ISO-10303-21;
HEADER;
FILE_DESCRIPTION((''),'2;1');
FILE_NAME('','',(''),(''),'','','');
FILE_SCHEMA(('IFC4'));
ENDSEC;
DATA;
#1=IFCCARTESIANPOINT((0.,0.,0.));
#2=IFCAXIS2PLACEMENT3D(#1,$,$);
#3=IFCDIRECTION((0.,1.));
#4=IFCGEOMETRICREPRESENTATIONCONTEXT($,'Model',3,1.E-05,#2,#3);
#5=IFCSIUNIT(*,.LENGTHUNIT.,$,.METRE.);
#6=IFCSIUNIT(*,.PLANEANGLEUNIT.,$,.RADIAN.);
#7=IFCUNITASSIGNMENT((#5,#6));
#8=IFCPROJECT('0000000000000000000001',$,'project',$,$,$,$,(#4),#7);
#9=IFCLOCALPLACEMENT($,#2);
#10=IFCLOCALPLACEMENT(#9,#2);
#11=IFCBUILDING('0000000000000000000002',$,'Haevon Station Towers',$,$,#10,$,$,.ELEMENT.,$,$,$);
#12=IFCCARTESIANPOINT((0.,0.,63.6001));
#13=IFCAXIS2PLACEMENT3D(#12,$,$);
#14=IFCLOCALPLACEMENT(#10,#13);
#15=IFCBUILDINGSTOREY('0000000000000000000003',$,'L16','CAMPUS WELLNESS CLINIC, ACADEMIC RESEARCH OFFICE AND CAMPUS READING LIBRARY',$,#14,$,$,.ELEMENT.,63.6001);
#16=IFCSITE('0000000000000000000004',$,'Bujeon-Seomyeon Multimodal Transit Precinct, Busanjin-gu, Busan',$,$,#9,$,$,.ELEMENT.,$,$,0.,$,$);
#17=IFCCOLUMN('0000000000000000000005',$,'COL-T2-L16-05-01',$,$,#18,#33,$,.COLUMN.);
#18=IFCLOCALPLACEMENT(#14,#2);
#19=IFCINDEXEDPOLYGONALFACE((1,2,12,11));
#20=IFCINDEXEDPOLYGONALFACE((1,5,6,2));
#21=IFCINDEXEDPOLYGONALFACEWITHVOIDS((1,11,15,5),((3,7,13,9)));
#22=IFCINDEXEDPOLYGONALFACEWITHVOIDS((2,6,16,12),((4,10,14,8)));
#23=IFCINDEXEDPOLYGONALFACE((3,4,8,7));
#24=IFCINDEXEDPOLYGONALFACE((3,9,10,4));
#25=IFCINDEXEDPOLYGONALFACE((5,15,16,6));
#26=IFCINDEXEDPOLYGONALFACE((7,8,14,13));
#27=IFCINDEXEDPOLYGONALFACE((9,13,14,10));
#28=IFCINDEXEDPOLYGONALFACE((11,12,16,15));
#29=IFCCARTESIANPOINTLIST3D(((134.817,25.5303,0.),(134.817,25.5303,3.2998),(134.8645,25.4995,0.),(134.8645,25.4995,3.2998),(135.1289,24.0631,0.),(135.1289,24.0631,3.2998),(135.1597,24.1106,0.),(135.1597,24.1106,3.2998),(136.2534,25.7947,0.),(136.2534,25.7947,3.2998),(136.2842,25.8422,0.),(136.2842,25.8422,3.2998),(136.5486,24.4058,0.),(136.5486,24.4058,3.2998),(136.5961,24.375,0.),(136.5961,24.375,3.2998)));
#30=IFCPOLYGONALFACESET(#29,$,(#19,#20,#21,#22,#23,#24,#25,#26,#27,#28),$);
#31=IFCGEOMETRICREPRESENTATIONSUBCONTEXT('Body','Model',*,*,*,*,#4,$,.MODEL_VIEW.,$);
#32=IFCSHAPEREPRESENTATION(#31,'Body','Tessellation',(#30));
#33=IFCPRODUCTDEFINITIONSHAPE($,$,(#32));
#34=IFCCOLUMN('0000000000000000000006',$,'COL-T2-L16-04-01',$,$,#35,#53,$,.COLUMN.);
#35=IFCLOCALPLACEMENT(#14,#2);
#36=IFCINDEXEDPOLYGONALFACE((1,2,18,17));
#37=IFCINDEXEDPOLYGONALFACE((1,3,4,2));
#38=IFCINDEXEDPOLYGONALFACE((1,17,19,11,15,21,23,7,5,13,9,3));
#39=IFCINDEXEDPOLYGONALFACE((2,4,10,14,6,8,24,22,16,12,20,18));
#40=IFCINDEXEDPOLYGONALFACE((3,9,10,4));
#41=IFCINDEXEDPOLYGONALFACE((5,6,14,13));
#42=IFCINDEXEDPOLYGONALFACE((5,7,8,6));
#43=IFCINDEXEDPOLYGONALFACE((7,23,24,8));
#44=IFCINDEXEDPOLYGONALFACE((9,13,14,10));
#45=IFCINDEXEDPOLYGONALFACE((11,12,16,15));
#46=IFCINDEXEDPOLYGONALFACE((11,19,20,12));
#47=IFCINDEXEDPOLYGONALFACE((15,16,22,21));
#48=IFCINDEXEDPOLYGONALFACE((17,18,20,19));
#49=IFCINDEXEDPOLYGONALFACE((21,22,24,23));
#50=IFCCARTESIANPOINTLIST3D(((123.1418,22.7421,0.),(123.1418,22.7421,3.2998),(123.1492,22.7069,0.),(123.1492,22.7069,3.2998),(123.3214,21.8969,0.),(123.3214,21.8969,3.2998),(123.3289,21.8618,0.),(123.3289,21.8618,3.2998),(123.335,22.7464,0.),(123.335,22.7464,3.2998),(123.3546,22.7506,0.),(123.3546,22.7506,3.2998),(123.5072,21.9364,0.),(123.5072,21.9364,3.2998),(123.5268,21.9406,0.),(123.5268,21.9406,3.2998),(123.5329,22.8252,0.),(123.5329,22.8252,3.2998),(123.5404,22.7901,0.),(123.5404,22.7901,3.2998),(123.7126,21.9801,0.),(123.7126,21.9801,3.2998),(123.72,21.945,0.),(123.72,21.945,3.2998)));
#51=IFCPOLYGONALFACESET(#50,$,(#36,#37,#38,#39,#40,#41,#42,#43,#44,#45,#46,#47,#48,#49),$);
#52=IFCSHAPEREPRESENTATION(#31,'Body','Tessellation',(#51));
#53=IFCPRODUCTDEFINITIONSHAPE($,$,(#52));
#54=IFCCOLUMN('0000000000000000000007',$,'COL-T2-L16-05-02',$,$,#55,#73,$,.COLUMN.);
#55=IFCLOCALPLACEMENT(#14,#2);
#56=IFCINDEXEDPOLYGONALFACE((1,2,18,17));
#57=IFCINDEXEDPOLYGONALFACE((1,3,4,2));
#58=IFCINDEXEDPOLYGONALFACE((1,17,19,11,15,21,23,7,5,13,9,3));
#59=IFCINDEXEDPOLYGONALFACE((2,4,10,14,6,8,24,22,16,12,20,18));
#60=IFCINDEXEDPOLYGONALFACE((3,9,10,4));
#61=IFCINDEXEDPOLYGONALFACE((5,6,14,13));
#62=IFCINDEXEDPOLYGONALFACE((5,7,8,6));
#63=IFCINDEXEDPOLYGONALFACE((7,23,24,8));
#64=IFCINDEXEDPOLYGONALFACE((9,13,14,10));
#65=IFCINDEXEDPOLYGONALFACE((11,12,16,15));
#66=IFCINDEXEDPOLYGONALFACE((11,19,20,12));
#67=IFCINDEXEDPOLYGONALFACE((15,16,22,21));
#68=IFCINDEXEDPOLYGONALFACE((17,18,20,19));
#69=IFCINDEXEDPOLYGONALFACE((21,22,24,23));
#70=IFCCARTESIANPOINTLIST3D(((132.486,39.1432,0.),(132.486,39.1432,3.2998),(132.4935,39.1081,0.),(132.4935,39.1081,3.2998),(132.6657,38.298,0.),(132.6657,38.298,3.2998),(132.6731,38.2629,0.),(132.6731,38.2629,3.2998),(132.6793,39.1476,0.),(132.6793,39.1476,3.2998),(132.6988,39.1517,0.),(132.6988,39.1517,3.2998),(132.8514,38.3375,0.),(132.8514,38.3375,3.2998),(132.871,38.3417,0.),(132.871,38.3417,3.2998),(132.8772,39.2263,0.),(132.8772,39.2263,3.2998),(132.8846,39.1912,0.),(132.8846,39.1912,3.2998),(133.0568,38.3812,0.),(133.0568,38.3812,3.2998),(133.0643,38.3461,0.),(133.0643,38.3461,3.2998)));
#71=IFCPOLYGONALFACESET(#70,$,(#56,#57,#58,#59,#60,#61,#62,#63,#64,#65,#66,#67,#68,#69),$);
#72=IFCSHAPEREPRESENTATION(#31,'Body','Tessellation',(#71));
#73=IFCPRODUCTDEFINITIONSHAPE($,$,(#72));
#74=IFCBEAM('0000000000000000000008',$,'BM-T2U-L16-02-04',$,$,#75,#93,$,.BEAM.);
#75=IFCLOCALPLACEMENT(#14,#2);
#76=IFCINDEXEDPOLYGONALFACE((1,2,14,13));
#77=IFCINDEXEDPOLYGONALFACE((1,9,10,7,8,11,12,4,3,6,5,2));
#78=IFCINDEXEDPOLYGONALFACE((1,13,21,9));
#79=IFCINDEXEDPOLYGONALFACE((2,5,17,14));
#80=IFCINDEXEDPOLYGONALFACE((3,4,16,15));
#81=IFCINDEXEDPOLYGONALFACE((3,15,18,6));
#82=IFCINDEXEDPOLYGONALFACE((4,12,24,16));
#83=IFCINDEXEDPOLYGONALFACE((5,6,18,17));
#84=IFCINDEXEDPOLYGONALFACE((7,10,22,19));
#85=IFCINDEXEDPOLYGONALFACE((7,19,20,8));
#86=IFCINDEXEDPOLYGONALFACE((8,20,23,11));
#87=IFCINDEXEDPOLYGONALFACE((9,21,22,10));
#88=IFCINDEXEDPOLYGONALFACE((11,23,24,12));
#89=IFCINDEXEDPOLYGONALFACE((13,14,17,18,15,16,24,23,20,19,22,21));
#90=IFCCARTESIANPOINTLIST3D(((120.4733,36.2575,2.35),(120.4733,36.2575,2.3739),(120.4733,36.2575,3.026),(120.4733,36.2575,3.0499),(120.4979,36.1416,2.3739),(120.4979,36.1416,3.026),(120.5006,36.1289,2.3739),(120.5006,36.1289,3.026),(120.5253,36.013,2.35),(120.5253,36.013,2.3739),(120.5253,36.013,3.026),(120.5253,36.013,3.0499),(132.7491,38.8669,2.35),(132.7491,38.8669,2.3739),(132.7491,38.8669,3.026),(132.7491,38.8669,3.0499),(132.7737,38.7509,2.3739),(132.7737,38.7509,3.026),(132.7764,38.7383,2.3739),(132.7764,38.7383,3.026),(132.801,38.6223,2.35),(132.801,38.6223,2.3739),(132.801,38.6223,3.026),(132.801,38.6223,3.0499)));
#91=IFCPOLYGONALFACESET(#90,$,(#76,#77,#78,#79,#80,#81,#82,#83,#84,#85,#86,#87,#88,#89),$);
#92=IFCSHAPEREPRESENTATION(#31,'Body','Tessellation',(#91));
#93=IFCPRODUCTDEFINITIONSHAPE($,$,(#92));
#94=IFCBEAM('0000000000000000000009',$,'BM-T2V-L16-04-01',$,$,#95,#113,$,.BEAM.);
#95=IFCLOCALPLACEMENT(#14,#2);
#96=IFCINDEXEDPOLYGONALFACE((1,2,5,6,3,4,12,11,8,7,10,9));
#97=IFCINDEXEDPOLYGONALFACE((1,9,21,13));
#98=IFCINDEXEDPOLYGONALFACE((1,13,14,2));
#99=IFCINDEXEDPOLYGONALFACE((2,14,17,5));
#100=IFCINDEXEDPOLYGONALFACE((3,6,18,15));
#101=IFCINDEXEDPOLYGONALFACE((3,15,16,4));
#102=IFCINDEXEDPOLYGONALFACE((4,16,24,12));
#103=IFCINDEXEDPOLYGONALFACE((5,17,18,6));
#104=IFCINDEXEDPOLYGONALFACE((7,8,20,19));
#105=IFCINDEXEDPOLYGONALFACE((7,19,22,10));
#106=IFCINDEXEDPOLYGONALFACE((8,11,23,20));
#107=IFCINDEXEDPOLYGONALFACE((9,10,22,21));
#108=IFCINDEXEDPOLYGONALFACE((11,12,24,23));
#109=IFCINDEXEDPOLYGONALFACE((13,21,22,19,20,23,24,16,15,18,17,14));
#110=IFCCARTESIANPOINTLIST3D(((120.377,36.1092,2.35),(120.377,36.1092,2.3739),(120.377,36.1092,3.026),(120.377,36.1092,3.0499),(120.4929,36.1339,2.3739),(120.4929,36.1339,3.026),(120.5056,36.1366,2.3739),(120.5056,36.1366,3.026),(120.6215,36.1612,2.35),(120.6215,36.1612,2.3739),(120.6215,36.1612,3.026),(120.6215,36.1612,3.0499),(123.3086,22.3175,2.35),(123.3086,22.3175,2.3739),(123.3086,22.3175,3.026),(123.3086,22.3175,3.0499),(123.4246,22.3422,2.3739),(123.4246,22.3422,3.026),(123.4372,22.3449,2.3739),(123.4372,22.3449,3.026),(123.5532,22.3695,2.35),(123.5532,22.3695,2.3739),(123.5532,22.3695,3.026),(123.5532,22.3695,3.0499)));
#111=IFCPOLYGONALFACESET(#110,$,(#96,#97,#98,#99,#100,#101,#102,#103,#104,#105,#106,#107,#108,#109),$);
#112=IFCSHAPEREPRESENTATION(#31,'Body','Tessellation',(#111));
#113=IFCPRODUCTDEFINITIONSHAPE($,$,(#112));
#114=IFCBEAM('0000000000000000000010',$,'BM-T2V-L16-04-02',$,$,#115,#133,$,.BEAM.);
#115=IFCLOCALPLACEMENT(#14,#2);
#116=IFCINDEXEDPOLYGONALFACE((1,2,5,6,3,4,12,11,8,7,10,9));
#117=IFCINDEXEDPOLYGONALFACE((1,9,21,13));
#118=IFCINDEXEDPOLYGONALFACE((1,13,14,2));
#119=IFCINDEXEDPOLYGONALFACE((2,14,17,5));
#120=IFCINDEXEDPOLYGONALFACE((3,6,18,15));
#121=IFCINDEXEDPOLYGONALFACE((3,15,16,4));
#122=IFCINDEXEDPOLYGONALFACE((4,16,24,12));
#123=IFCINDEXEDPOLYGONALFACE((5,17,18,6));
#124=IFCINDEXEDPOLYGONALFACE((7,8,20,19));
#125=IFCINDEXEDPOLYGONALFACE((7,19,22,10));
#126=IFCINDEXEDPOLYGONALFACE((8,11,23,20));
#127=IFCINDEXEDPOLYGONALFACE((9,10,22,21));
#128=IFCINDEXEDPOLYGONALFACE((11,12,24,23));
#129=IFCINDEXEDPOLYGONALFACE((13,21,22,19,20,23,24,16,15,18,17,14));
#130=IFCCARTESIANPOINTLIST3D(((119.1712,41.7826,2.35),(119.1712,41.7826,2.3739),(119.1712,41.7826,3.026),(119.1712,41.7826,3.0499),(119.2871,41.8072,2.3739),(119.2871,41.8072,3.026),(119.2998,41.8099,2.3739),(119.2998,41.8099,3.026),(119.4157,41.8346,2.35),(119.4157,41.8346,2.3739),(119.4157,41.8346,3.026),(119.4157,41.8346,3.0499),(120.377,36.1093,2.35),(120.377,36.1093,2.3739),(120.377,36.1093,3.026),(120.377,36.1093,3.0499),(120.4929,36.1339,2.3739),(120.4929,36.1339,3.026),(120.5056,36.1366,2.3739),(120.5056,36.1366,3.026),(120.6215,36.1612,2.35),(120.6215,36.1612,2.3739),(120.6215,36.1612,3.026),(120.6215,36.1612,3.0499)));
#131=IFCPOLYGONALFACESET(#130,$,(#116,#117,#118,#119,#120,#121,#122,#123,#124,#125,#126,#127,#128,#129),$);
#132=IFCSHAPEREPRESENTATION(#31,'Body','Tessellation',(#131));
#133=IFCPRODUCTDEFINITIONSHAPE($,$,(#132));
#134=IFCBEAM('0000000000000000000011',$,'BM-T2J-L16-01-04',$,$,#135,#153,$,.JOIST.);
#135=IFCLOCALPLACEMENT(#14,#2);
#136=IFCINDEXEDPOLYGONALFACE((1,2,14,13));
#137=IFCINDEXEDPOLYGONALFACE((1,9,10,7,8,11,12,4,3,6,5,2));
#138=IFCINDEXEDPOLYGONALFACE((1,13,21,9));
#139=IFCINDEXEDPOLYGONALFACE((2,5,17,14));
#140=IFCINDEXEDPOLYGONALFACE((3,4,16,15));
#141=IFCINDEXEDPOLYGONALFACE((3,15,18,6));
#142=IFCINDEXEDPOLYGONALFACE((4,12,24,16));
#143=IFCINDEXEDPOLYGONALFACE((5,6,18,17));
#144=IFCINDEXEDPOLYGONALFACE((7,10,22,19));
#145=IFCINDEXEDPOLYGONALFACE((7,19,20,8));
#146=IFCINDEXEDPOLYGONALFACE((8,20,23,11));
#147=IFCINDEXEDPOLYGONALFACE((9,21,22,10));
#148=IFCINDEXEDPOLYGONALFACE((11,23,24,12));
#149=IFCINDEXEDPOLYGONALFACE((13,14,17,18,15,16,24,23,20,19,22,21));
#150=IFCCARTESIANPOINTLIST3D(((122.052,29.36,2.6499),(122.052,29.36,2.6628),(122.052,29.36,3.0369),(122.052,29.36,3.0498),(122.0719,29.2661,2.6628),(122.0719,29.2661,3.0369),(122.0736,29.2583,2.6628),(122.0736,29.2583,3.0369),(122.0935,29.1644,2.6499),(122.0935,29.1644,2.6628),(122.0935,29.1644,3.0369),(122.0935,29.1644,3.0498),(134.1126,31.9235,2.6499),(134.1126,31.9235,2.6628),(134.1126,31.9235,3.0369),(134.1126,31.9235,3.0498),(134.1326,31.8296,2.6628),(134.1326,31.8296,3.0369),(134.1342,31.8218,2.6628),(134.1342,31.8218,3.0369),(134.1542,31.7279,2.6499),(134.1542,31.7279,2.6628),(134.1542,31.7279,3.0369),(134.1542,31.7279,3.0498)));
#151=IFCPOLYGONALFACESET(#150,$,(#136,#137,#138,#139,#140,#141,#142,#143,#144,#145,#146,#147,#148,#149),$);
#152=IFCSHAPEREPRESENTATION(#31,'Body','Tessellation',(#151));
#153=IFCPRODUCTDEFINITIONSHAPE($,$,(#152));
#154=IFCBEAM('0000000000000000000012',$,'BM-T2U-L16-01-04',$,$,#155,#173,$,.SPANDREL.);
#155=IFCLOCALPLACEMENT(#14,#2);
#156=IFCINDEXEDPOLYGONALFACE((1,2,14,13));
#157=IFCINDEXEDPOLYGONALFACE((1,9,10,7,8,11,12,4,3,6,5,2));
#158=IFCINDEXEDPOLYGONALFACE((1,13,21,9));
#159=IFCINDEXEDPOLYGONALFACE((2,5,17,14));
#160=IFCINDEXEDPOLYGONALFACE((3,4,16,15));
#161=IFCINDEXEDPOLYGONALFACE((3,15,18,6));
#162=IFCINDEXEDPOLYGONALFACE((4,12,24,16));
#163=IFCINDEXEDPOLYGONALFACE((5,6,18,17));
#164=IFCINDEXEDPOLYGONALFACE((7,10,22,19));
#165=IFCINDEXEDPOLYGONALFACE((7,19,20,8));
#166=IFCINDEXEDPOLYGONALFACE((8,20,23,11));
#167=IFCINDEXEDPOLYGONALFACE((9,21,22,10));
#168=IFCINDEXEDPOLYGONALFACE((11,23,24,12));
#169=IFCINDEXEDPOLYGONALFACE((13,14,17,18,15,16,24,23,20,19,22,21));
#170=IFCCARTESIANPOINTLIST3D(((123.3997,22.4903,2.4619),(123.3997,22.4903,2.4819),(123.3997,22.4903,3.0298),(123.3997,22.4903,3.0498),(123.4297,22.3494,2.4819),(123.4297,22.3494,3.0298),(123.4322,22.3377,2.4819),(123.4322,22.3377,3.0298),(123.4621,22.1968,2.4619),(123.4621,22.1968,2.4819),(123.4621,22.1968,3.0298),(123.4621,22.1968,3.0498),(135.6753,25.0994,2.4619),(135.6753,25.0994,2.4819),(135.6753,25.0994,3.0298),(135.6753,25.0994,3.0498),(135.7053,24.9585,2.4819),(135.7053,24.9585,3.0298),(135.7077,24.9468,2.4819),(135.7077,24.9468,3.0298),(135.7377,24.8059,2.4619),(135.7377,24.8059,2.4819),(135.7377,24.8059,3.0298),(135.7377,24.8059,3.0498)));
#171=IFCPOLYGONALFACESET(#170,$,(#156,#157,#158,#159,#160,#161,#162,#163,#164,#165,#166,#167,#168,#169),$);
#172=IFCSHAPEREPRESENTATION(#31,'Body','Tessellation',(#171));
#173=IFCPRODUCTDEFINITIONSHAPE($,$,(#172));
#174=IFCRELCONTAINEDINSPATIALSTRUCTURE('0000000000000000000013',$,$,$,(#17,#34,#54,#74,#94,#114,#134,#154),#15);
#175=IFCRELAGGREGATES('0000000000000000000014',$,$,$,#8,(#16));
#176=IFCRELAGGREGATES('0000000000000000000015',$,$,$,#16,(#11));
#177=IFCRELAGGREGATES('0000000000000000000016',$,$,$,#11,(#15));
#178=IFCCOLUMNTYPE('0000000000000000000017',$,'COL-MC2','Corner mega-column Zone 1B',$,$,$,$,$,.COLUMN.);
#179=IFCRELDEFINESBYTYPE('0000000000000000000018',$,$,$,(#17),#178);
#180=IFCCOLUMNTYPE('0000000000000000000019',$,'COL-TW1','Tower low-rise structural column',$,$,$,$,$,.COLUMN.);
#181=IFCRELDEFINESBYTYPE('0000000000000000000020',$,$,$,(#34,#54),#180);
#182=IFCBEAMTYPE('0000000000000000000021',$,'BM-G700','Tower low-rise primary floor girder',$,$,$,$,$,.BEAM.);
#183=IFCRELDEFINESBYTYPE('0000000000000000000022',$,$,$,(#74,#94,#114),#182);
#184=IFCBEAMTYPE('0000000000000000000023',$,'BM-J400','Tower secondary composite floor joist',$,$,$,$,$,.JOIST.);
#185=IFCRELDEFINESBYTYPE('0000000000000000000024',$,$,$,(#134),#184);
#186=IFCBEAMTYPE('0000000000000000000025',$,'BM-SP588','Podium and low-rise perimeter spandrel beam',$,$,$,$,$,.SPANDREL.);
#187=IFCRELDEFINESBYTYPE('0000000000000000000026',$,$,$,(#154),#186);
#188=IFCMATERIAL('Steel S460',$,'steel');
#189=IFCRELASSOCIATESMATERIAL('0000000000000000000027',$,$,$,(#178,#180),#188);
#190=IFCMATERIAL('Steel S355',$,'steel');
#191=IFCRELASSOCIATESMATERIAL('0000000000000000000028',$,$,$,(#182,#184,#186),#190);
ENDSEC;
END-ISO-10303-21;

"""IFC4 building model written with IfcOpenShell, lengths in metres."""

from ifc_helpers import new_model, si_unit, direction, frame, origin, origin_2d, place, context, subcontext, project, spatial, hollow_rectangle, i_section, extrude, material, material_profile, profile_set, type_object, element, save


model = new_model("IFC4")

# Units and contexts
model_context = context("Model", 3, precision=1e-05, world=origin(), true_north=direction((0.0, 1.0)))
body_context = subcontext(model_context, "Body", "Model", "MODEL_VIEW")
ifc_project = project(units=[si_unit("LENGTHUNIT", "METRE"), si_unit("PLANEANGLEUNIT", "RADIAN")], contexts=[model_context])

# Site, building, storey
site_placement = place(None, origin())
site = spatial("IfcSite", under=ifc_project, at=site_placement, Name="Bujeon-Seomyeon Multimodal Transit Precinct, Busanjin-gu, Busan", CompositionType="ELEMENT", RefElevation=0.0)
building_placement = place(site_placement, origin())
building = spatial("IfcBuilding", under=site, at=building_placement, Name="Haevon Station Towers", CompositionType="ELEMENT")
storey_placement = place(building_placement, frame((0.0, 0.0, 63.6001)))
storey = spatial("IfcBuildingStorey", under=building, at=storey_placement, Name="L16", Description="CAMPUS WELLNESS CLINIC, ACADEMIC RESEARCH OFFICE AND CAMPUS READING LIBRARY", CompositionType="ELEMENT", Elevation=63.6001)

# Columns
ifc_material_1 = material(Name="Steel S460", Category="steel")
ifc_material_profile_1 = material_profile(ifc_material_1, hollow_rectangle(XDim=1.5, YDim=1.5, WallThickness=0.04, at=origin_2d()), Name="BOX-1500x1500x40")
ifc_profile_set_1 = profile_set([ifc_material_profile_1], Name="Steel S460")
column_type_1 = type_object("IfcColumnType", Name="COL-MC2", Description="Corner mega-column Zone 1B", PredefinedType="COLUMN", material=ifc_profile_set_1)
column_placement = place(storey_placement, frame((135.7065, 24.9526, 0.0), z_axis=(0.0, 0.0, 1.0), x_axis=(0.978148, 0.207912, 0.0)))
element("IfcColumn", 1, at=column_placement, inside=storey, type_object=column_type_1, Name="COL-T2-L16-05-01", PredefinedType="COLUMN", context=body_context, shape_type="SweptSolid", body=[
    extrude(hollow_rectangle(XDim=1.5, YDim=1.5, WallThickness=0.04, at=origin_2d()), origin(), (0.0, 0.0, 1.0), 3.2998),
])
ifc_material_profile_2 = material_profile(ifc_material_1, i_section(OverallWidth=0.3999, OverallDepth=0.8999, WebThickness=0.02, FlangeThickness=0.0359, at=origin_2d()), Name="H-900x400x20x36")
ifc_profile_set_2 = profile_set([ifc_material_profile_2], Name="Steel S460")
column_type_2 = type_object("IfcColumnType", Name="COL-TW1", Description="Tower low-rise structural column", PredefinedType="COLUMN", material=ifc_profile_set_2)
for number, where, z_axis, x_axis, name in (
    (2, (123.4309, 22.3435, 0.0), (0.0, 0.0, 1.0), (0.978148, 0.207912, 0.0), "COL-T2-L16-04-01"),
    (3, (132.7751, 38.7446, 0.0), (0.0, 0.0, 1.0), (0.978148, 0.207912, 0.0), "COL-T2-L16-05-02"),
):
    element("IfcColumn", number, at=place(storey_placement, frame(where, z_axis=z_axis, x_axis=x_axis)), inside=storey, type_object=column_type_2, Name=name, PredefinedType="COLUMN", context=body_context, shape_type="SweptSolid", body=[
        extrude(i_section(OverallWidth=0.3999, OverallDepth=0.8999, WebThickness=0.02, FlangeThickness=0.0359, at=origin_2d()), origin(), (0.0, 0.0, 1.0), 3.2998),
    ])

# Beams
ifc_material_2 = material(Name="Steel S355", Category="steel")
ifc_material_profile_3 = material_profile(ifc_material_2, i_section(OverallWidth=0.25, OverallDepth=0.7, WebThickness=0.0129, FlangeThickness=0.0239, at=origin_2d()), Name="H-700x250x13x24")
ifc_profile_set_3 = profile_set([ifc_material_profile_3], Name="Steel S355")
beam_type_1 = type_object("IfcBeamType", Name="BM-G700", Description="Tower low-rise primary floor girder", PredefinedType="BEAM", material=ifc_profile_set_3)
beam_1_placement = place(storey_placement, frame((120.4993, 36.1353, 2.7), z_axis=(0.978147, 0.207916, 0.0), x_axis=(-0.207916, 0.978147, 0.0)))
element("IfcBeam", 4, at=beam_1_placement, inside=storey, type_object=beam_type_1, Name="BM-T2U-L16-02-04", PredefinedType="BEAM", context=body_context, shape_type="SweptSolid", body=[
    extrude(i_section(OverallWidth=0.25, OverallDepth=0.7, WebThickness=0.0129, FlangeThickness=0.0239, at=origin_2d()), origin(), (0.0, 0.0, 1.0), 12.55),
])
beam_2_placement = place(storey_placement, frame((123.4309, 22.3435, 2.7), z_axis=(-0.207919, 0.978146, 0.0), x_axis=(-0.978146, -0.207919, 0.0)))
element("IfcBeam", 5, at=beam_2_placement, inside=storey, type_object=beam_type_1, Name="BM-T2V-L16-04-01", PredefinedType="BEAM", context=body_context, shape_type="SweptSolid", body=[
    extrude(i_section(OverallWidth=0.25, OverallDepth=0.7, WebThickness=0.0129, FlangeThickness=0.0239, at=origin_2d()), origin(), (0.0, 0.0, 1.0), 14.0999),
])
beam_3_placement = place(storey_placement, frame((120.4993, 36.1353, 2.7), z_axis=(-0.207896, 0.978151, 0.0), x_axis=(-0.978151, -0.207896, 0.0)))
element("IfcBeam", 6, at=beam_3_placement, inside=storey, type_object=beam_type_1, Name="BM-T2V-L16-04-02", PredefinedType="BEAM", context=body_context, shape_type="SweptSolid", body=[
    extrude(i_section(OverallWidth=0.25, OverallDepth=0.7, WebThickness=0.0129, FlangeThickness=0.0239, at=origin_2d()), origin(), (0.0, 0.0, 1.0), 5.8),
])
ifc_material_profile_4 = material_profile(ifc_material_2, i_section(OverallWidth=0.2, OverallDepth=0.3999, WebThickness=0.0081, FlangeThickness=0.0129, at=origin_2d()), Name="H-400x200x8x13")
ifc_profile_set_4 = profile_set([ifc_material_profile_4], Name="Steel S355")
beam_type_2 = type_object("IfcBeamType", Name="BM-J400", Description="Tower secondary composite floor joist", PredefinedType="JOIST", material=ifc_profile_set_4)
beam_4_placement = place(storey_placement, frame((122.0728, 29.2622, 2.8499), z_axis=(0.978149, 0.207906, 0.0), x_axis=(-0.207906, 0.978149, 0.0)))
element("IfcBeam", 7, at=beam_4_placement, inside=storey, type_object=beam_type_2, Name="BM-T2J-L16-01-04", PredefinedType="JOIST", context=body_context, shape_type="SweptSolid", body=[
    extrude(i_section(OverallWidth=0.2, OverallDepth=0.3999, WebThickness=0.0081, FlangeThickness=0.0129, at=origin_2d()), origin(), (0.0, 0.0, 1.0), 12.3301),
])
ifc_material_profile_5 = material_profile(ifc_material_2, i_section(OverallWidth=0.3, OverallDepth=0.5879, WebThickness=0.012, FlangeThickness=0.02, at=origin_2d()), Name="H-588x300x12x20")
ifc_profile_set_5 = profile_set([ifc_material_profile_5], Name="Steel S355")
beam_type_3 = type_object("IfcBeamType", Name="BM-SP588", Description="Podium and low-rise perimeter spandrel beam", PredefinedType="SPANDREL", material=ifc_profile_set_5)
beam_5_placement = place(storey_placement, frame((123.4309, 22.3435, 2.7559), z_axis=(0.97815, 0.207901, 0.0), x_axis=(-0.207901, 0.97815, 0.0)))
element("IfcBeam", 8, at=beam_5_placement, inside=storey, type_object=beam_type_3, Name="BM-T2U-L16-01-04", PredefinedType="SPANDREL", context=body_context, shape_type="SweptSolid", body=[
    extrude(i_section(OverallWidth=0.3, OverallDepth=0.5879, WebThickness=0.012, FlangeThickness=0.02, at=origin_2d()), origin(), (0.0, 0.0, 1.0), 12.5498),
])

save(model, "model.ifc")
